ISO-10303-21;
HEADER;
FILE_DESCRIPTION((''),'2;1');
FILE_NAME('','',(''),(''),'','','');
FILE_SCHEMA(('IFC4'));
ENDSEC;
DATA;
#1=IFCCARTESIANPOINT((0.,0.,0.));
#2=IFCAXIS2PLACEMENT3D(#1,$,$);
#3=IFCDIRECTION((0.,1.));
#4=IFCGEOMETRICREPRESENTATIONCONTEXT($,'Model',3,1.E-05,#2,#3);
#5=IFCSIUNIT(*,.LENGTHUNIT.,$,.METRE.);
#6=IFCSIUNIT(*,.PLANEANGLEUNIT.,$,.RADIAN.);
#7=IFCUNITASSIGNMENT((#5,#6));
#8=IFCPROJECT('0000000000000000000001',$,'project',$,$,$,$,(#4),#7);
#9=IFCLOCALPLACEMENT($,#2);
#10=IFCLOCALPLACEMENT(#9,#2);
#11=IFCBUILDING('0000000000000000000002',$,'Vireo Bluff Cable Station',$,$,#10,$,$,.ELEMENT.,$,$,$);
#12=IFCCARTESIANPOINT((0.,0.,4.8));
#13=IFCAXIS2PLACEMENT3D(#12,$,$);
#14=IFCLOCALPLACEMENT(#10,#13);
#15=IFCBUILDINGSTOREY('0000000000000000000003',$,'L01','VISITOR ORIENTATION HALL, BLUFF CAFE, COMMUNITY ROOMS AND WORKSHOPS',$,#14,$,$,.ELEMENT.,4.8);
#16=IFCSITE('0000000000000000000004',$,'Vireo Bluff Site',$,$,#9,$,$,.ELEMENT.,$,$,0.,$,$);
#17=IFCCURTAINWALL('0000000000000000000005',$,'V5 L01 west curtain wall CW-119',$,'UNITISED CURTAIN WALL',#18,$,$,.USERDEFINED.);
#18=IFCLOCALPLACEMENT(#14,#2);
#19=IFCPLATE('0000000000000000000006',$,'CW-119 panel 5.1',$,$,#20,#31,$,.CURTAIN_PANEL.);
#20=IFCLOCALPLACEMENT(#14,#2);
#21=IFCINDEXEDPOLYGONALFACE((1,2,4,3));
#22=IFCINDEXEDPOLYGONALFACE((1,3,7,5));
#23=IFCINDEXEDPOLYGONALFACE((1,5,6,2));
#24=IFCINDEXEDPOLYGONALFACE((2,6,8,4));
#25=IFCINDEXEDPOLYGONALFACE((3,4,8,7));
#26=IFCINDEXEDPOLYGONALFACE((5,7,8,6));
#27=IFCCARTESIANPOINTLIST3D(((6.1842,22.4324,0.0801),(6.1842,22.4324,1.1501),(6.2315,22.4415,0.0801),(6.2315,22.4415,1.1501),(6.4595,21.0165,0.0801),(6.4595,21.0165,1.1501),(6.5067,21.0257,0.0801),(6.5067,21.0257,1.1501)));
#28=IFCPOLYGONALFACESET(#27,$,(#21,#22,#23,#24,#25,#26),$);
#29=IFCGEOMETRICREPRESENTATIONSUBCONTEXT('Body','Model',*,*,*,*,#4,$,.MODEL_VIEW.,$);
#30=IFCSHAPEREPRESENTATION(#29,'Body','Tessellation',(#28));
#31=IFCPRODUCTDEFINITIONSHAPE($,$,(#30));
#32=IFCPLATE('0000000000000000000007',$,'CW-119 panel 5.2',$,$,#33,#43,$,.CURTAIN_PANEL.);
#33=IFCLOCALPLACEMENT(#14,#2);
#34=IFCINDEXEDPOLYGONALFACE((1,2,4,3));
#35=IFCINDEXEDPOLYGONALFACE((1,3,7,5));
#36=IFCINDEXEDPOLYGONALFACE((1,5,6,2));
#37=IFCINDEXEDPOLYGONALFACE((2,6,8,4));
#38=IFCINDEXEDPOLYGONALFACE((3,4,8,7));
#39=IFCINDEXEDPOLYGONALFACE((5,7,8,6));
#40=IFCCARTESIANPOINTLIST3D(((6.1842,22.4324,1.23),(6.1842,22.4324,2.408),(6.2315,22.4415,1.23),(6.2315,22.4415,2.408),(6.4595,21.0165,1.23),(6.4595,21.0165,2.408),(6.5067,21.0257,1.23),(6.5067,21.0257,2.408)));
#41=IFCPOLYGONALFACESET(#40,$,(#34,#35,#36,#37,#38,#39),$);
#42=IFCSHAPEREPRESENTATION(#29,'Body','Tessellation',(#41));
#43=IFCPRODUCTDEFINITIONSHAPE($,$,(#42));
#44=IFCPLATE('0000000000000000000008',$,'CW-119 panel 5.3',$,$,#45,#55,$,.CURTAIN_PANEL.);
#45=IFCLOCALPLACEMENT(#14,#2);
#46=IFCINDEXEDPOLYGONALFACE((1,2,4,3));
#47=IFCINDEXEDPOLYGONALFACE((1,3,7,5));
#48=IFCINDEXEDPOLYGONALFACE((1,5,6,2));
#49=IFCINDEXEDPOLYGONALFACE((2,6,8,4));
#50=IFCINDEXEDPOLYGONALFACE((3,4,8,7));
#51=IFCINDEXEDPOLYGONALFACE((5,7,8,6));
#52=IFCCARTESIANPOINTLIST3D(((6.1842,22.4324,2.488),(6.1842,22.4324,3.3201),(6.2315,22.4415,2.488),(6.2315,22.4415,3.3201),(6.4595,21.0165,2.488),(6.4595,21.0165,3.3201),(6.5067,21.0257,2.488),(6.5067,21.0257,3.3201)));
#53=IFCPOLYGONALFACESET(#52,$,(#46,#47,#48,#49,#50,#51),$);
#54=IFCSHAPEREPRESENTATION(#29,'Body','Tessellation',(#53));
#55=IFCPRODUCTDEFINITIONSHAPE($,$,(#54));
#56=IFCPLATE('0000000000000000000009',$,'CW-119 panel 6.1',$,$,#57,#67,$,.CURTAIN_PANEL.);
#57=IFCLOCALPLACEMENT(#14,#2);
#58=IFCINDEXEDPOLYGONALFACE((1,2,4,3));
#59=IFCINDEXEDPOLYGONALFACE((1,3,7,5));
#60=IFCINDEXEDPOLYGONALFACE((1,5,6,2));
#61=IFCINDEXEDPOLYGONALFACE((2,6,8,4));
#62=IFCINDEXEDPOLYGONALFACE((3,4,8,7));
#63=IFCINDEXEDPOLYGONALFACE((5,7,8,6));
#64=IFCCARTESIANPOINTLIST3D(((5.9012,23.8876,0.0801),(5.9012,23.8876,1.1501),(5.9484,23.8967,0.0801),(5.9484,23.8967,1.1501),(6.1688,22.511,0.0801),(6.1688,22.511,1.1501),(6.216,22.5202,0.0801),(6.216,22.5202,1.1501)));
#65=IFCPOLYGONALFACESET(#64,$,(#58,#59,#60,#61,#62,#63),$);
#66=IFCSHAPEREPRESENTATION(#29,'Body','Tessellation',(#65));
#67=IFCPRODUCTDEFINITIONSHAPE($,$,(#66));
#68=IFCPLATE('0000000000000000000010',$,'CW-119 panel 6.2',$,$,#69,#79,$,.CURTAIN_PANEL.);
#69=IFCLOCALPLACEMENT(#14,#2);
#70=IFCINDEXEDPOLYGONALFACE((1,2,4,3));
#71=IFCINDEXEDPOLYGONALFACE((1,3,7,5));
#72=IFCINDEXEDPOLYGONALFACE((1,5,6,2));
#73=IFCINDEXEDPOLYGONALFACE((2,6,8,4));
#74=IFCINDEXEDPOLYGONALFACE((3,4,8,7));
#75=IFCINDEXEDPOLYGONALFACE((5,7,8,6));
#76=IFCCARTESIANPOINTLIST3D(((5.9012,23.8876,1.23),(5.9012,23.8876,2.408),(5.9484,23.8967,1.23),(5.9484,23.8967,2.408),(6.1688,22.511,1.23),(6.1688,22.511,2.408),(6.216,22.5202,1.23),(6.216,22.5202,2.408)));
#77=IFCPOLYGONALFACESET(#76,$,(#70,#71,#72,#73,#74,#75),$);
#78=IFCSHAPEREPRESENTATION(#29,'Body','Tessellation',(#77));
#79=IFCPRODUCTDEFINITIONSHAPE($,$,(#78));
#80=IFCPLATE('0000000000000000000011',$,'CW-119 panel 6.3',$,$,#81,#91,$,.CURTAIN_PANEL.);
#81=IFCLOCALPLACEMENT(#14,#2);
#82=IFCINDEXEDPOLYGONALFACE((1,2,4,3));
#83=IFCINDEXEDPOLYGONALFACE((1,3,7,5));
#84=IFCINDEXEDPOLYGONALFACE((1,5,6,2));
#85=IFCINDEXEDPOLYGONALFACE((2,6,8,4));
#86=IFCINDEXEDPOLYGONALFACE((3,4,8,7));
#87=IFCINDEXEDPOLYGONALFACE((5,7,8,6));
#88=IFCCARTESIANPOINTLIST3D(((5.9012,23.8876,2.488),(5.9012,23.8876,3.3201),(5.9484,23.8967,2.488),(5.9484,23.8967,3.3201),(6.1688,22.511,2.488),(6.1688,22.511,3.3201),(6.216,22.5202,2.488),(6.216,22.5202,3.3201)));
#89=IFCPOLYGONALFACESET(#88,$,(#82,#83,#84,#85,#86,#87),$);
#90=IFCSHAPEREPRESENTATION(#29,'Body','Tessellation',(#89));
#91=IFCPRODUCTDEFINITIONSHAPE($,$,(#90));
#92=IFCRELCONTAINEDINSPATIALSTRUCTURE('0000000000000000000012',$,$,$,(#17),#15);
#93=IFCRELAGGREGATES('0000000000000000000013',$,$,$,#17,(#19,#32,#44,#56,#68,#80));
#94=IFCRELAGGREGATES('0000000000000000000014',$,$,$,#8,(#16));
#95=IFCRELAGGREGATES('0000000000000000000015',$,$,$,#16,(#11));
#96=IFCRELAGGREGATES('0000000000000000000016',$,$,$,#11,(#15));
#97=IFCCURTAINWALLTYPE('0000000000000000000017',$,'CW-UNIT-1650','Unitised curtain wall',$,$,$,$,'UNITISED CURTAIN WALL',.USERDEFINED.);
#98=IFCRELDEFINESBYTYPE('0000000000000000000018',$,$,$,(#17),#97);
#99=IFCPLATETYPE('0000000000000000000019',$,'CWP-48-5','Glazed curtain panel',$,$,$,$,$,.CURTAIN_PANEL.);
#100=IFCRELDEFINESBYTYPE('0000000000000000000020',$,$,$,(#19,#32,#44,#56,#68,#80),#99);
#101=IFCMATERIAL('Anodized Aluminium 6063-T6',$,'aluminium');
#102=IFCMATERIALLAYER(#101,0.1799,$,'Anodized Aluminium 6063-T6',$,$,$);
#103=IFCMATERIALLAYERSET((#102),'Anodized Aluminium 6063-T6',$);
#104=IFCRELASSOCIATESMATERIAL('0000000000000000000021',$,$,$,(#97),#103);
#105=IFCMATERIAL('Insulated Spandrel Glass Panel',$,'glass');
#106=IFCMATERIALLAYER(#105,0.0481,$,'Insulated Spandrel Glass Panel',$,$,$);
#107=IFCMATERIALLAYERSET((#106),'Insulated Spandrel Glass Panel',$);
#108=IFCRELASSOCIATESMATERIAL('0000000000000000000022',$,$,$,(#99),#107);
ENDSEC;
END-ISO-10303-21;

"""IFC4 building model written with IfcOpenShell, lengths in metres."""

from ifc_helpers import new_model, si_unit, direction, frame, origin, origin_2d, place, context, subcontext, project, spatial, rectangle, extrude, material, layer, layer_set, type_object, element, aggregate, save


model = new_model("IFC4")

# Units and contexts
model_context = context("Model", 3, precision=1e-05, world=origin(), true_north=direction((0.0, 1.0)))
body_context = subcontext(model_context, "Body", "Model", "MODEL_VIEW")
ifc_project = project(units=[si_unit("LENGTHUNIT", "METRE"), si_unit("PLANEANGLEUNIT", "RADIAN")], contexts=[model_context])

# Site, building, storey
site_placement = place(None, origin())
site = spatial("IfcSite", under=ifc_project, at=site_placement, Name="Vireo Bluff Site", CompositionType="ELEMENT", RefElevation=0.0)
building_placement = place(site_placement, origin())
building = spatial("IfcBuilding", under=site, at=building_placement, Name="Vireo Bluff Cable Station", CompositionType="ELEMENT")
storey_placement = place(building_placement, frame((0.0, 0.0, 4.8)))
storey = spatial("IfcBuildingStorey", under=building, at=storey_placement, Name="L01", Description="VISITOR ORIENTATION HALL, BLUFF CAFE, COMMUNITY ROOMS AND WORKSHOPS", CompositionType="ELEMENT", Elevation=4.8)

# Shared definitions
ifc_material_1 = material(Name="Anodized Aluminium 6063-T6", Category="aluminium")

# Curtain wall
ifc_layer_1 = layer(ifc_material_1, 0.1799, Name="Anodized Aluminium 6063-T6")
ifc_layer_set_1 = layer_set([ifc_layer_1], Name="Anodized Aluminium 6063-T6")
curtain_wall_type_1 = type_object("IfcCurtainWallType", Name="CW-UNIT-1650", Description="Unitised curtain wall", ElementType="UNITISED CURTAIN WALL", PredefinedType="USERDEFINED", material=ifc_layer_set_1)
curtain_wall_1_placement = place(storey_placement, origin())
curtain_wall_1 = element("IfcCurtainWall", 1, at=curtain_wall_1_placement, inside=storey, type_object=curtain_wall_type_1, Name="V5 L01 west curtain wall CW-119", ObjectType="UNITISED CURTAIN WALL", PredefinedType="USERDEFINED")

# Plates
ifc_material_2 = material(Name="Insulated Spandrel Glass Panel", Category="glass")
ifc_layer_2 = layer(ifc_material_2, 0.0481, Name="Insulated Spandrel Glass Panel")
ifc_layer_set_2 = layer_set([ifc_layer_2], Name="Insulated Spandrel Glass Panel")
plate_type = type_object("IfcPlateType", Name="CWP-48-5", Description="Glazed curtain panel", PredefinedType="CURTAIN_PANEL", material=ifc_layer_set_2)
plate_1_placement = place(storey_placement, frame((6.3455, 21.729, 0.0801), z_axis=(0.0, 0.0, 1.0), x_axis=(-0.190809, 0.981627, 0.0)))
plate_1 = element("IfcPlate", 2, at=plate_1_placement, type_object=plate_type, Name="CW-119 panel 5.1", PredefinedType="CURTAIN_PANEL", context=body_context, shape_type="SweptSolid", body=[
    extrude(rectangle(XDim=1.4424, YDim=0.0481, at=origin_2d()), origin(), (0.0, 0.0, 1.0), 1.0701),
])
plate_2_placement = place(storey_placement, frame((6.3455, 21.729, 1.23), z_axis=(0.0, 0.0, 1.0), x_axis=(-0.190809, 0.981627, 0.0)))
plate_2 = element("IfcPlate", 3, at=plate_2_placement, type_object=plate_type, Name="CW-119 panel 5.2", PredefinedType="CURTAIN_PANEL", context=body_context, shape_type="SweptSolid", body=[
    extrude(rectangle(XDim=1.4424, YDim=0.0481, at=origin_2d()), origin(), (0.0, 0.0, 1.0), 1.178),
])
plate_3_placement = place(storey_placement, frame((6.3455, 21.729, 2.488), z_axis=(0.0, 0.0, 1.0), x_axis=(-0.190809, 0.981627, 0.0)))
plate_3 = element("IfcPlate", 4, at=plate_3_placement, type_object=plate_type, Name="CW-119 panel 5.3", PredefinedType="CURTAIN_PANEL", context=body_context, shape_type="SweptSolid", body=[
    extrude(rectangle(XDim=1.4424, YDim=0.0481, at=origin_2d()), origin(), (0.0, 0.0, 1.0), 0.832),
])
plate_4_placement = place(storey_placement, frame((6.0586, 23.2039, 0.0801), z_axis=(0.0, 0.0, 1.0), x_axis=(-0.190809, 0.981627, 0.0)))
plate_4 = element("IfcPlate", 5, at=plate_4_placement, type_object=plate_type, Name="CW-119 panel 6.1", PredefinedType="CURTAIN_PANEL", context=body_context, shape_type="SweptSolid", body=[
    extrude(rectangle(XDim=1.4023, YDim=0.0481, at=origin_2d()), origin(), (0.0, 0.0, 1.0), 1.0701),
])
plate_5_placement = place(storey_placement, frame((6.0586, 23.2039, 1.23), z_axis=(0.0, 0.0, 1.0), x_axis=(-0.190809, 0.981627, 0.0)))
plate_5 = element("IfcPlate", 6, at=plate_5_placement, type_object=plate_type, Name="CW-119 panel 6.2", PredefinedType="CURTAIN_PANEL", context=body_context, shape_type="SweptSolid", body=[
    extrude(rectangle(XDim=1.4023, YDim=0.0481, at=origin_2d()), origin(), (0.0, 0.0, 1.0), 1.178),
])
plate_6_placement = place(storey_placement, frame((6.0586, 23.2039, 2.488), z_axis=(0.0, 0.0, 1.0), x_axis=(-0.190809, 0.981627, 0.0)))
plate_6 = element("IfcPlate", 7, at=plate_6_placement, type_object=plate_type, Name="CW-119 panel 6.3", PredefinedType="CURTAIN_PANEL", context=body_context, shape_type="SweptSolid", body=[
    extrude(rectangle(XDim=1.4023, YDim=0.0481, at=origin_2d()), origin(), (0.0, 0.0, 1.0), 0.832),
])
aggregate(curtain_wall_1, [plate_1, plate_2, plate_3, plate_4, plate_5, plate_6])

save(model, "model.ifc")
